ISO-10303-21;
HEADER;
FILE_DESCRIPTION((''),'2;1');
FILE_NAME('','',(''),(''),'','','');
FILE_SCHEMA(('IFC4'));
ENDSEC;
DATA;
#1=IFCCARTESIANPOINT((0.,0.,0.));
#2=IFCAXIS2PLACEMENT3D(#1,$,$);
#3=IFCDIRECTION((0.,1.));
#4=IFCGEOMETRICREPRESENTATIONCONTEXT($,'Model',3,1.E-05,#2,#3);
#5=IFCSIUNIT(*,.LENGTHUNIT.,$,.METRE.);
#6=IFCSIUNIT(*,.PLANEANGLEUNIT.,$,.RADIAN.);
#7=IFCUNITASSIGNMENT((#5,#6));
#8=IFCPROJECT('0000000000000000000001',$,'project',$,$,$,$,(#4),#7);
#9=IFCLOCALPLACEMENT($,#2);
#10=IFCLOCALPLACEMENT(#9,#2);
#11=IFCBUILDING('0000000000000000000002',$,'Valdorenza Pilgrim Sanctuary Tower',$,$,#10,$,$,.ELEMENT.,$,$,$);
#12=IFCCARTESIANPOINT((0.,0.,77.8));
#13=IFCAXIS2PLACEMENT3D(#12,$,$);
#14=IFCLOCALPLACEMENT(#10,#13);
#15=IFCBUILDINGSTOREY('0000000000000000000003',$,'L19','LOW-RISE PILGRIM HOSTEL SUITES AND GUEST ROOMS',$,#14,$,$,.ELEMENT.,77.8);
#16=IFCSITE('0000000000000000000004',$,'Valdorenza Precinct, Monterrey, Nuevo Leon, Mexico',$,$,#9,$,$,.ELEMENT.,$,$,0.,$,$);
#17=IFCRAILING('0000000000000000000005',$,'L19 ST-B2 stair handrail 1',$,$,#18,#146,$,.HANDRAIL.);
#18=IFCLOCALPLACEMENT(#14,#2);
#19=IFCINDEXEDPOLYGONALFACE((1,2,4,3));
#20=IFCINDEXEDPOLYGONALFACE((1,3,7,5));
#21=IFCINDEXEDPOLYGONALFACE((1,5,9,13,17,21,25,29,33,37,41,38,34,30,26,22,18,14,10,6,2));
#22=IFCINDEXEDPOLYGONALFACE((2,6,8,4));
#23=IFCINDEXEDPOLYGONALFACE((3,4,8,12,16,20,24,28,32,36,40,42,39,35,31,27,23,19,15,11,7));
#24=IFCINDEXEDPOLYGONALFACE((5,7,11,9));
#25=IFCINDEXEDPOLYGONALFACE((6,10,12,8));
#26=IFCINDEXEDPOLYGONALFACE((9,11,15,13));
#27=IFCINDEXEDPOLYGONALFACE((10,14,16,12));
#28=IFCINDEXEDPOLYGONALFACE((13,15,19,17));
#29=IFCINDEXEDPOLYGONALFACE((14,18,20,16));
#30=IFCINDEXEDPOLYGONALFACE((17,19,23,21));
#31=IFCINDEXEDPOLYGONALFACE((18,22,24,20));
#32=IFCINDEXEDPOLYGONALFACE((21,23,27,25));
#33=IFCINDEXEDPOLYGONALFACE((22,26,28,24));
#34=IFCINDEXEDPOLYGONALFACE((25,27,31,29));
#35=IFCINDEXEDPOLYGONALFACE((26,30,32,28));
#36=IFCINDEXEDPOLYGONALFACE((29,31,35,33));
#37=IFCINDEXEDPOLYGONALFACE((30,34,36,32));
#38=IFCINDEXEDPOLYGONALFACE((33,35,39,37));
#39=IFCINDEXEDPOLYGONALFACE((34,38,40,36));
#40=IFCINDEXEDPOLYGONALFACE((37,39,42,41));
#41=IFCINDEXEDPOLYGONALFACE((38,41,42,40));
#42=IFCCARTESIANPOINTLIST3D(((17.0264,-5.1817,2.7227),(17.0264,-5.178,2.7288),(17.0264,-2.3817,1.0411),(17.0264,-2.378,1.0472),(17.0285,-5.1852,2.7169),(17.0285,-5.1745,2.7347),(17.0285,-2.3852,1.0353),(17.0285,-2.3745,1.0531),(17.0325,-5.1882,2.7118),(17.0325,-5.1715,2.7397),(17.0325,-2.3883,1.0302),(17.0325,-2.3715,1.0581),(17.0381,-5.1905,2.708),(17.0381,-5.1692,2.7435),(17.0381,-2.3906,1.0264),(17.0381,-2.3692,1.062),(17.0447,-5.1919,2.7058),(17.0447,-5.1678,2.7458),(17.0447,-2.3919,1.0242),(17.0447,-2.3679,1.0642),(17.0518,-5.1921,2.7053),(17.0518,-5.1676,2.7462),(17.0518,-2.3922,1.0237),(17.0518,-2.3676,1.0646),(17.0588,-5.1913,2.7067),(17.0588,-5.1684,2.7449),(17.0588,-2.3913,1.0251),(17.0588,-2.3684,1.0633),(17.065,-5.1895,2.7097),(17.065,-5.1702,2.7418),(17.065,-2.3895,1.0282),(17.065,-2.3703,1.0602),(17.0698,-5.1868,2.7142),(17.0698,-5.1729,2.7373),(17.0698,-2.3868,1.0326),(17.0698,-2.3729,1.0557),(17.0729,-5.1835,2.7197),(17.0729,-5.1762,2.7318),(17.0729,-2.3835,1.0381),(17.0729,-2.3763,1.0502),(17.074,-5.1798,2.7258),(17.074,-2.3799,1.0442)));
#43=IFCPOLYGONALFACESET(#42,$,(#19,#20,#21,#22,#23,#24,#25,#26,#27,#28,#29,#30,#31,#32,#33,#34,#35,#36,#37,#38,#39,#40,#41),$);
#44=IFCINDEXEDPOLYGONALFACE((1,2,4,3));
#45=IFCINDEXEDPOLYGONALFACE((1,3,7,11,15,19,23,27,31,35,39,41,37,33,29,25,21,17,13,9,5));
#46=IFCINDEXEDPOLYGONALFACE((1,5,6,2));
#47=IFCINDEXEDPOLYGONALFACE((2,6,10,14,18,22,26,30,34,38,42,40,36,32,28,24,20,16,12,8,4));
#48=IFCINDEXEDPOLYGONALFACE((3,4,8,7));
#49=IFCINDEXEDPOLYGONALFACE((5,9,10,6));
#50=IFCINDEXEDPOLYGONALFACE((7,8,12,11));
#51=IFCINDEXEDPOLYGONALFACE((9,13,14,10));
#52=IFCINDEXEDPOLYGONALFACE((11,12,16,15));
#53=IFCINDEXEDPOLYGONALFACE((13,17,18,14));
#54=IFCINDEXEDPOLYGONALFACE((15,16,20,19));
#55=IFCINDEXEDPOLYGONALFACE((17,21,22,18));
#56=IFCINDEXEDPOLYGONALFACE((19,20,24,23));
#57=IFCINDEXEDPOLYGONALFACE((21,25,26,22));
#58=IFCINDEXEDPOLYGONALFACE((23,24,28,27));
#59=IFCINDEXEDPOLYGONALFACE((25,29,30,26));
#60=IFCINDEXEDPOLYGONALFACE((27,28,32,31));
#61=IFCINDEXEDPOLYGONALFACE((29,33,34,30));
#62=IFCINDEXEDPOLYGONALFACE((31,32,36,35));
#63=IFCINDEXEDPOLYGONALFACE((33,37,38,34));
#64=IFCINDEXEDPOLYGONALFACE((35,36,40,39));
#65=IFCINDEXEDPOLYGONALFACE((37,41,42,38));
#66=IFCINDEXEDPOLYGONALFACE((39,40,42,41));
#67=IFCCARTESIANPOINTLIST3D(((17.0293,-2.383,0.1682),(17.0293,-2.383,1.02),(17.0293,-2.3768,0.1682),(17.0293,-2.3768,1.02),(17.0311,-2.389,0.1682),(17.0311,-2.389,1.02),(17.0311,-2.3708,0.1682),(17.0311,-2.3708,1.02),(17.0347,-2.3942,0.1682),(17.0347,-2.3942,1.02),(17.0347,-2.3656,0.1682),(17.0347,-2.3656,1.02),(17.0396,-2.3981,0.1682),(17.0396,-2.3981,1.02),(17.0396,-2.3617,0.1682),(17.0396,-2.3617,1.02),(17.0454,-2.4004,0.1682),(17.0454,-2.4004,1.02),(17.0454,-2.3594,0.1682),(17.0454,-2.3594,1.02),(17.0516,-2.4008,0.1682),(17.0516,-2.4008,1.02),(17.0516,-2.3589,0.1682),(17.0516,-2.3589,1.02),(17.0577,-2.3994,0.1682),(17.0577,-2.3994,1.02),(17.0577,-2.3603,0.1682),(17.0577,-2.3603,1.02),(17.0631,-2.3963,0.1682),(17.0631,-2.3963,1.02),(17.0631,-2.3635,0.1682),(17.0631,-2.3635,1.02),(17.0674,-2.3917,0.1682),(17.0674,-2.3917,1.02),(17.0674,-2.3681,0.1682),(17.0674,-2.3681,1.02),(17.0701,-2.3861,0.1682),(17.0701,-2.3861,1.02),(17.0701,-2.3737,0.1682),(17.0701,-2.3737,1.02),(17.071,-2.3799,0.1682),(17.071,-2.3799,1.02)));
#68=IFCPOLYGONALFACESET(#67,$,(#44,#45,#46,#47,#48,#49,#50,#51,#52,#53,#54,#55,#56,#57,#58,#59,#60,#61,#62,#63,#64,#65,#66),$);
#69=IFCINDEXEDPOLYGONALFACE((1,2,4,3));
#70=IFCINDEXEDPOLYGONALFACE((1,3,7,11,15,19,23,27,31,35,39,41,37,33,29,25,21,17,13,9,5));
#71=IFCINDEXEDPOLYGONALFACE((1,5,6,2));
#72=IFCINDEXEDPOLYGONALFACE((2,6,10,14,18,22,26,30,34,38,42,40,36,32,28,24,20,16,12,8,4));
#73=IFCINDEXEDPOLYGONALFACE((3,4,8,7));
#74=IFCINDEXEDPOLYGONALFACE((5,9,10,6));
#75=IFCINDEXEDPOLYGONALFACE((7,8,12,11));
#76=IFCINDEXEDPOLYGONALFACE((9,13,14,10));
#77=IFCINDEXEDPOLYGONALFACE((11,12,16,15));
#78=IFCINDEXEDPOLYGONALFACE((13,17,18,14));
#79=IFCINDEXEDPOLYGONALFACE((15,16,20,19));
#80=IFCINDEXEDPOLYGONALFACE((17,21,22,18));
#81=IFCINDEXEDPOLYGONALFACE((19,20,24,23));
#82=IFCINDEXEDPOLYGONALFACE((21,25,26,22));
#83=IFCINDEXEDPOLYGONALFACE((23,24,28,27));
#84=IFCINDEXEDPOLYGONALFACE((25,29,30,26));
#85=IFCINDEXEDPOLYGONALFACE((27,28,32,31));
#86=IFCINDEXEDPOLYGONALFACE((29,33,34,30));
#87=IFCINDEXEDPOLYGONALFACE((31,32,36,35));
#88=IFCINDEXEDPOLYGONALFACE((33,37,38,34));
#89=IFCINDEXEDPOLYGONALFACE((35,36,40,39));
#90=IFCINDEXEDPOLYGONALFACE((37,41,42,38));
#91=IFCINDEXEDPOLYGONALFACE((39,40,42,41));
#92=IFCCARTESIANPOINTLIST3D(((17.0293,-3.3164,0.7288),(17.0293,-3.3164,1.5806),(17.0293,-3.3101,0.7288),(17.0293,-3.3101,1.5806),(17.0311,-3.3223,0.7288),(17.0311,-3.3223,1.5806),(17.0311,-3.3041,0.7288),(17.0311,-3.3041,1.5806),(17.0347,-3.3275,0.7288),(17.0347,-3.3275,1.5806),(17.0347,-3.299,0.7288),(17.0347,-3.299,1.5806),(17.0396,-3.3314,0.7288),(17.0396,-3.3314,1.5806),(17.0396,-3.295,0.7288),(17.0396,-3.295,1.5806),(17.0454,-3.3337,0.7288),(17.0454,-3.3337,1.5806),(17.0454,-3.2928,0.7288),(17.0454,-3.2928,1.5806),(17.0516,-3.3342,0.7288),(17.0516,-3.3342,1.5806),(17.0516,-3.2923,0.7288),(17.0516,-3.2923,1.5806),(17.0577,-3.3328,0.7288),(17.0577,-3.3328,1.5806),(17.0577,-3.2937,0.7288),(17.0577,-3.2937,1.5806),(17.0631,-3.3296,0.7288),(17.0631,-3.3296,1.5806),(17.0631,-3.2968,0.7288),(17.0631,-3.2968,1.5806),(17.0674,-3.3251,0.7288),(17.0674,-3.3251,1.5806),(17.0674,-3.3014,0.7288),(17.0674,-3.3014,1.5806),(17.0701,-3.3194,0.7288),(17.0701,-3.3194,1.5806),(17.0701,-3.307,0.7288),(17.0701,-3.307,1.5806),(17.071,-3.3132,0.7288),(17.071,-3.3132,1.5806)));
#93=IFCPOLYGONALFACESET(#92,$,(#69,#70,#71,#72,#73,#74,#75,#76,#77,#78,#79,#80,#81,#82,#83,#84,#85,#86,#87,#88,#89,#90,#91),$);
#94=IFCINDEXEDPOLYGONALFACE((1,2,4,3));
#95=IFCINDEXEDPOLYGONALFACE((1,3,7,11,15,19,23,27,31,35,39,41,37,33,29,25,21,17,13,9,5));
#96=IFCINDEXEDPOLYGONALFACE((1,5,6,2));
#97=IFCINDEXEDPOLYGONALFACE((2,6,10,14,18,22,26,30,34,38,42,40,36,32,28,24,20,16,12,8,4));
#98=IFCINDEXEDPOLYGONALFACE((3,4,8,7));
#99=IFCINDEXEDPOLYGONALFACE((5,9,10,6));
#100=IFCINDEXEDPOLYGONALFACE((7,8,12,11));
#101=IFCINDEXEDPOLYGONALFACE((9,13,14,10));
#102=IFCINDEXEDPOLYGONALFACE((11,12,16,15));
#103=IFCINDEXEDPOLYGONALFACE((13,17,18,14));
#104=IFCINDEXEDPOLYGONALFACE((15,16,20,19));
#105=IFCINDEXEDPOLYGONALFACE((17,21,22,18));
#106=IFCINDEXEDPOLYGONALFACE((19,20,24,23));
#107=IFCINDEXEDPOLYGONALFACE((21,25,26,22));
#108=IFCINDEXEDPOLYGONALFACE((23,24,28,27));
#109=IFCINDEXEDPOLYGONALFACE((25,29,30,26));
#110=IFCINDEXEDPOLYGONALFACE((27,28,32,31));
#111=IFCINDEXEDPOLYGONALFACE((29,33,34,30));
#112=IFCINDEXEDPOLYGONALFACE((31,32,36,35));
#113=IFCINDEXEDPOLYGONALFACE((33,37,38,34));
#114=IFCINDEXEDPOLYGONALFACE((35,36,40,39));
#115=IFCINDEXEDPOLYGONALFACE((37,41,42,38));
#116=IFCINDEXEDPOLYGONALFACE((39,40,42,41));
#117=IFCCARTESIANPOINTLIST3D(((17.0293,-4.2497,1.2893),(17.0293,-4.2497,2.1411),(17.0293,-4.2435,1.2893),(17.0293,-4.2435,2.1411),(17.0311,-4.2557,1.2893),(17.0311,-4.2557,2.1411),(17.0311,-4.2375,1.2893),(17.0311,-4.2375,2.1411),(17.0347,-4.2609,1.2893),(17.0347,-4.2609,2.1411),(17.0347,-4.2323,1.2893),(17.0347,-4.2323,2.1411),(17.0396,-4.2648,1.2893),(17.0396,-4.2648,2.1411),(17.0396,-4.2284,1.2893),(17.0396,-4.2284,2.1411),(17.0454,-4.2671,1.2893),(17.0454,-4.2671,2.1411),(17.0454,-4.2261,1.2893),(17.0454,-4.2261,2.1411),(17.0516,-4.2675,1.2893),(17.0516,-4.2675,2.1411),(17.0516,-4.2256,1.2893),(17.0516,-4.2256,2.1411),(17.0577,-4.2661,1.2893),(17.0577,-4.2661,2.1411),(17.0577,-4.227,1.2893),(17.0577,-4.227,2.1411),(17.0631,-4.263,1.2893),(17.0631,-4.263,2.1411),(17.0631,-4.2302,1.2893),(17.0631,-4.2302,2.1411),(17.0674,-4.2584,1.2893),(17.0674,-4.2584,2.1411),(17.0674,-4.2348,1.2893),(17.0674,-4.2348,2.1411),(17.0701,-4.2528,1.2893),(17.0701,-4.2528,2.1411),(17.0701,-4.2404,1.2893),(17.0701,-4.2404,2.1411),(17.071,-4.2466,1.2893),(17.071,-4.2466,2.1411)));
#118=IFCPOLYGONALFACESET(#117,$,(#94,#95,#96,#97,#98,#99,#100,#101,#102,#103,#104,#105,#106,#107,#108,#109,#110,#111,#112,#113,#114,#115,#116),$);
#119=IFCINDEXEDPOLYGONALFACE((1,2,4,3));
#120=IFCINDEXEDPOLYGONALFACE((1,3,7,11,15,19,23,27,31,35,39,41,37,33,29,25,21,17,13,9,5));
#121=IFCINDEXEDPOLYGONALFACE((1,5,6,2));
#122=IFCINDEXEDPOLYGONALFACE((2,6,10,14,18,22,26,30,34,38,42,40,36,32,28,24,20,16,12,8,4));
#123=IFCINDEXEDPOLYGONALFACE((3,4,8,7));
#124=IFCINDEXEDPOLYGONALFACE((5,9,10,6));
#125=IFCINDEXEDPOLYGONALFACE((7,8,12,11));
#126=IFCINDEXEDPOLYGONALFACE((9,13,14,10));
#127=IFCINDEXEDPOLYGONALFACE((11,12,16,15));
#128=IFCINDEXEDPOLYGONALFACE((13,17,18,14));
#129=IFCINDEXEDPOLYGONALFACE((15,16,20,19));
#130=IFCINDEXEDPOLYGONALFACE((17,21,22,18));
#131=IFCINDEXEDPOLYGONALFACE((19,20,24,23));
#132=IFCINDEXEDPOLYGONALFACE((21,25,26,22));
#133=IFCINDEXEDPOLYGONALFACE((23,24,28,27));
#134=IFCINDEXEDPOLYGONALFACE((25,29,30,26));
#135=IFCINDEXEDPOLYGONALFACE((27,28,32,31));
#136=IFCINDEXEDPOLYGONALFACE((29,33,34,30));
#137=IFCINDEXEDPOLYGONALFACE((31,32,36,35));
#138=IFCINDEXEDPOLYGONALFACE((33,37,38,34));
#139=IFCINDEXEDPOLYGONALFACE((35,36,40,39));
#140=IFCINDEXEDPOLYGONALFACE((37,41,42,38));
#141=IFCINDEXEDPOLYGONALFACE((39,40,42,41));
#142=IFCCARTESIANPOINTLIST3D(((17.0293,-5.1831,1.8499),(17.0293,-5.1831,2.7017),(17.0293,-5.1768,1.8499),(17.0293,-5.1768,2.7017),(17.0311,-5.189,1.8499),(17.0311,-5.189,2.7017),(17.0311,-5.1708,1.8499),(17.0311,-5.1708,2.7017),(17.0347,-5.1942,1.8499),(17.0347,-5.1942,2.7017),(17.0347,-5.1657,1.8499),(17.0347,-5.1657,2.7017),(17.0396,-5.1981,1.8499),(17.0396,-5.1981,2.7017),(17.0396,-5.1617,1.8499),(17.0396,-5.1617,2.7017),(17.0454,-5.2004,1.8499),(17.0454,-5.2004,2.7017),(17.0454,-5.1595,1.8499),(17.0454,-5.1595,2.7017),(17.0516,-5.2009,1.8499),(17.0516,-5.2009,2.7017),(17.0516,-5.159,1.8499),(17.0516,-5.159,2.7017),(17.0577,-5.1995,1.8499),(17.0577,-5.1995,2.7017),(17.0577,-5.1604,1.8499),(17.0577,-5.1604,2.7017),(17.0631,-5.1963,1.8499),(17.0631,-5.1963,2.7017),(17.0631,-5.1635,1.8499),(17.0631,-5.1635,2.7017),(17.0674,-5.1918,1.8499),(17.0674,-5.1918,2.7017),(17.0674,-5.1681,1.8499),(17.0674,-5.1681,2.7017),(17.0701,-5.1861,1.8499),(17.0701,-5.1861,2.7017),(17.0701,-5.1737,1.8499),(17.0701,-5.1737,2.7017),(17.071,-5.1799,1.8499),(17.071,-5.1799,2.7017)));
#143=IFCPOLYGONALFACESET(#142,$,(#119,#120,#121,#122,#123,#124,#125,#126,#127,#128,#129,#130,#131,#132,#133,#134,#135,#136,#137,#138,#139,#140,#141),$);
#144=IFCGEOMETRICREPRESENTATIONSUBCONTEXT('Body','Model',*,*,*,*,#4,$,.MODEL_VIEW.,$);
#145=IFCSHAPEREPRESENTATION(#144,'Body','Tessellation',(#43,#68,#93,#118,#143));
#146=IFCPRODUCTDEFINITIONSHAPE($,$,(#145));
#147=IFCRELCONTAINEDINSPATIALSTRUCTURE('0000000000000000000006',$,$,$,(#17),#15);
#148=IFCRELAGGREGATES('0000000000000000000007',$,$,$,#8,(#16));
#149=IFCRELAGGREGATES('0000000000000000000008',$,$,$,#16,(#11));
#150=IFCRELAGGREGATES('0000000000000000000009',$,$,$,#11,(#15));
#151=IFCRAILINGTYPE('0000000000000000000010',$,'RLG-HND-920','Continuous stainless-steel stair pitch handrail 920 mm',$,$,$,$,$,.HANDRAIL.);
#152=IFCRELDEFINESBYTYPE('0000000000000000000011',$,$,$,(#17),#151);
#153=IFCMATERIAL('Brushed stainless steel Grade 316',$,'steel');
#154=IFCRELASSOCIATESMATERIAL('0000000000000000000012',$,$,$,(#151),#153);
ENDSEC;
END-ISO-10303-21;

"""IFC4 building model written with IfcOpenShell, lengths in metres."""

from ifc_helpers import new_model, si_unit, direction, frame, origin, origin_2d, place, context, subcontext, project, spatial, circle, extrude, material, type_object, element, save


model = new_model("IFC4")

# Units and contexts
model_context = context("Model", 3, precision=1e-05, world=origin(), true_north=direction((0.0, 1.0)))
body_context = subcontext(model_context, "Body", "Model", "MODEL_VIEW")
ifc_project = project(units=[si_unit("LENGTHUNIT", "METRE"), si_unit("PLANEANGLEUNIT", "RADIAN")], contexts=[model_context])

# Site, building, storey
site_placement = place(None, origin())
site = spatial("IfcSite", under=ifc_project, at=site_placement, Name="Valdorenza Precinct, Monterrey, Nuevo Leon, Mexico", CompositionType="ELEMENT", RefElevation=0.0)
building_placement = place(site_placement, origin())
building = spatial("IfcBuilding", under=site, at=building_placement, Name="Valdorenza Pilgrim Sanctuary Tower", CompositionType="ELEMENT")
storey_placement = place(building_placement, frame((0.0, 0.0, 77.8)))
storey = spatial("IfcBuildingStorey", under=building, at=storey_placement, Name="L19", Description="LOW-RISE PILGRIM HOSTEL SUITES AND GUEST ROOMS", CompositionType="ELEMENT", Elevation=77.8)

# Shared definitions
ifc_material_1 = material(Name="Brushed stainless steel Grade 316", Category="steel")

# Railing
railing_type_1 = type_object("IfcRailingType", Name="RLG-HND-920", Description="Continuous stainless-steel stair pitch handrail 920 mm", PredefinedType="HANDRAIL", material=ifc_material_1)
railing_1_placement = place(storey_placement, frame((17.05, -2.3799, 0.1682)))
element("IfcRailing", 1, at=railing_1_placement, inside=storey, type_object=railing_type_1, Name="L19 ST-B2 stair handrail 1", PredefinedType="HANDRAIL", context=body_context, shape_type="SweptSolid", body=[
    extrude(circle(Radius=0.0239, at=origin_2d()), frame((0.0, 0.0, 0.876), z_axis=(0.0, -0.857275, 0.514858), x_axis=(1.0, 0.0, 0.0)), (0.0, 0.0, 1.0), 3.2661),
    extrude(circle(Radius=0.021, at=origin_2d()), origin(), (0.0, 0.0, 1.0), 0.8518),
    extrude(circle(Radius=0.021, at=origin_2d()), frame((0.0, -0.9333, 0.5605)), (0.0, 0.0, 1.0), 0.8518),
    extrude(circle(Radius=0.021, at=origin_2d()), frame((0.0, -1.8667, 1.1211)), (0.0, 0.0, 1.0), 0.8518),
    extrude(circle(Radius=0.021, at=origin_2d()), frame((0.0, -2.8, 1.6816)), (0.0, 0.0, 1.0), 0.8518),
])

save(model, "model.ifc")
